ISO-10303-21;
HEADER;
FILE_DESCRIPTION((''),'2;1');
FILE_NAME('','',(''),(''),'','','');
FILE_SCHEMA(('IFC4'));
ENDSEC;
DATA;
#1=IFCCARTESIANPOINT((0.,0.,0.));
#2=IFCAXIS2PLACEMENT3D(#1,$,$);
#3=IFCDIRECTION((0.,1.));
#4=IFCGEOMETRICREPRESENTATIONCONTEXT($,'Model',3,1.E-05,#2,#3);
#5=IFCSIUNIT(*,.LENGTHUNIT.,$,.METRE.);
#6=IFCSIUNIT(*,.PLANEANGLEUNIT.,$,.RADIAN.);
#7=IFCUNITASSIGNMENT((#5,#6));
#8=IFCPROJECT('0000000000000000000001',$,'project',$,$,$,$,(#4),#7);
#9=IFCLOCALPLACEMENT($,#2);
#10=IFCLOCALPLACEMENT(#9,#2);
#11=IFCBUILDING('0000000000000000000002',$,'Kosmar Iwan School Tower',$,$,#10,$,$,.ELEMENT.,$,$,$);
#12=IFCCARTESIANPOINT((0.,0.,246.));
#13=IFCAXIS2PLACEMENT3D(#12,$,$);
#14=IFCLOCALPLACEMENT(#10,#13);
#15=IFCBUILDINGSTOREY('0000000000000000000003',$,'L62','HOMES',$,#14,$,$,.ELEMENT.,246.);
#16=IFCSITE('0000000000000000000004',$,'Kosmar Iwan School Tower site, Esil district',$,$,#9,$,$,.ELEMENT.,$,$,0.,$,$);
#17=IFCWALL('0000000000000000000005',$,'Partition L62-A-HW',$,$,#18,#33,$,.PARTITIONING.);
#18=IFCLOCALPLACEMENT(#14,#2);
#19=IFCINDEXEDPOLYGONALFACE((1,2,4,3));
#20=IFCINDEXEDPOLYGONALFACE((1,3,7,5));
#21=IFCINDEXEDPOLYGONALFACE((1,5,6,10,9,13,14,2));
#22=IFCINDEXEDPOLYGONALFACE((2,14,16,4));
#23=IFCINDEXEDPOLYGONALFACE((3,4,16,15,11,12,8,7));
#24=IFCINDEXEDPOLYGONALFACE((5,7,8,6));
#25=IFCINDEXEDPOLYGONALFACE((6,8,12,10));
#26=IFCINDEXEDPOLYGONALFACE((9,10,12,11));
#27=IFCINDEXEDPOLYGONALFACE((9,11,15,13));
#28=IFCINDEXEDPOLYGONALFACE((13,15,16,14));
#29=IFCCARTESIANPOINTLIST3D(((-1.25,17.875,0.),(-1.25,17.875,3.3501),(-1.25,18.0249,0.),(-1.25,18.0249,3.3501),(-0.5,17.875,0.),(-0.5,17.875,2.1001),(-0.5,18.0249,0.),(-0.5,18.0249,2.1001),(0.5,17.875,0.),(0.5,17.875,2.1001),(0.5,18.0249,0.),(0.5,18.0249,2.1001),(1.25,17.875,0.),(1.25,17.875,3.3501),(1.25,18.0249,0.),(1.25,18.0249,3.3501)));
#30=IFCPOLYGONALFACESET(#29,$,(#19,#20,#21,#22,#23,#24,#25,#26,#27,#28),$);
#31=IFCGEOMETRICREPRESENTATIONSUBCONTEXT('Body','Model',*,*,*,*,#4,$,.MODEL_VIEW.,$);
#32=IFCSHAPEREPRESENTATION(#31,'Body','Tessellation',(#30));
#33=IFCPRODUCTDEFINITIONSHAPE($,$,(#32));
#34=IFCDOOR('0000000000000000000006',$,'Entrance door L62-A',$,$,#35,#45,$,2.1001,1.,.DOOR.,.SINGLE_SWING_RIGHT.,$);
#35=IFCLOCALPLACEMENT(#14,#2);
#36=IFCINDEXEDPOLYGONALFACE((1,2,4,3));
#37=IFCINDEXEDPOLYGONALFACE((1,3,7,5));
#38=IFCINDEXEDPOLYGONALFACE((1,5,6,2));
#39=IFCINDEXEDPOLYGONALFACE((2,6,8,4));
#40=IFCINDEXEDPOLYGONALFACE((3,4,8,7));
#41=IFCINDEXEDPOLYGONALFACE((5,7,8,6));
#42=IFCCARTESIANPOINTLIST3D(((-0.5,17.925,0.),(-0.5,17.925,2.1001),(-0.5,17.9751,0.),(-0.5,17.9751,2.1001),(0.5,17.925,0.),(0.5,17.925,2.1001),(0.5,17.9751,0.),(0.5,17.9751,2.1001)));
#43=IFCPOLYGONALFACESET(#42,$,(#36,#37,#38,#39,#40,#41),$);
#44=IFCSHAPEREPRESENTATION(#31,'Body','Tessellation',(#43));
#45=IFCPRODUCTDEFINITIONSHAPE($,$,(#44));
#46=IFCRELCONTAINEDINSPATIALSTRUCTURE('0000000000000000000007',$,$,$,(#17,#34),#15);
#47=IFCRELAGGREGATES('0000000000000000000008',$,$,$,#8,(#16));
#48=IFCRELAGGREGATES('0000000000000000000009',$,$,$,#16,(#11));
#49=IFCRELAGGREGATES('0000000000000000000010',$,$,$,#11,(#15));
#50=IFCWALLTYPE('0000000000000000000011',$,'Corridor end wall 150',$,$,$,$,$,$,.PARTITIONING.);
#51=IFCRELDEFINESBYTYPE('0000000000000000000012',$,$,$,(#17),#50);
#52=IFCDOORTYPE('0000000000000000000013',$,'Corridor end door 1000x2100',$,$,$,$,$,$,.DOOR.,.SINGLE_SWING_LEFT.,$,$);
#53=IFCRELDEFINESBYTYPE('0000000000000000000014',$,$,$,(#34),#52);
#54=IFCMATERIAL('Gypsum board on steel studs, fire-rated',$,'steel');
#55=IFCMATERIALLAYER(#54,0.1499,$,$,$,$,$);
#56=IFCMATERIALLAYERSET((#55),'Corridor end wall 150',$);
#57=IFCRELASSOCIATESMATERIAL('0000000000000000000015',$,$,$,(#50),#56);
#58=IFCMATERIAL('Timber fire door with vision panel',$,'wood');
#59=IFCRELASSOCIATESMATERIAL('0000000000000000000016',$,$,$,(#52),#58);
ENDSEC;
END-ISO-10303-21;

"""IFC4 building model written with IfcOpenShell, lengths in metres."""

from ifc_helpers import new_model, si_unit, direction, frame, frame_2d, origin, place, context, subcontext, project, spatial, rectangle, extrude, material, layer, layer_set, type_object, element, fill, save


model = new_model("IFC4")

# Units and contexts
model_context = context("Model", 3, precision=1e-05, world=origin(), true_north=direction((0.0, 1.0)))
body_context = subcontext(model_context, "Body", "Model", "MODEL_VIEW")
ifc_project = project(units=[si_unit("LENGTHUNIT", "METRE"), si_unit("PLANEANGLEUNIT", "RADIAN")], contexts=[model_context])

# Site, building, storey
site_placement = place(None, origin())
site = spatial("IfcSite", under=ifc_project, at=site_placement, Name="Kosmar Iwan School Tower site, Esil district", CompositionType="ELEMENT", RefElevation=0.0)
building_placement = place(site_placement, origin())
building = spatial("IfcBuilding", under=site, at=building_placement, Name="Kosmar Iwan School Tower", CompositionType="ELEMENT")
storey_placement = place(building_placement, frame((0.0, 0.0, 246.0)))
storey = spatial("IfcBuildingStorey", under=building, at=storey_placement, Name="L62", Description="HOMES", CompositionType="ELEMENT", Elevation=246.0)

# Wall, opening, door
ifc_material_1 = material(Name="Gypsum board on steel studs, fire-rated", Category="steel")
ifc_layer_1 = layer(ifc_material_1, 0.1499)
ifc_layer_set_1 = layer_set([ifc_layer_1], Name="Corridor end wall 150")
wall_type_1 = type_object("IfcWallType", Name="Corridor end wall 150", PredefinedType="PARTITIONING", material=ifc_layer_set_1)
ifc_material_2 = material(Name="Timber fire door with vision panel", Category="wood")
door_type_1 = type_object("IfcDoorType", Name="Corridor end door 1000x2100", OperationType="SINGLE_SWING_LEFT", PredefinedType="DOOR", material=ifc_material_2)
wall_1_placement = place(storey_placement, frame((1.25, 17.95, 0.0), z_axis=(0.0, 0.0, 1.0), x_axis=(-1.0, 0.0, 0.0)))
wall_1 = element("IfcWall", 1, at=wall_1_placement, inside=storey, type_object=wall_type_1, Name="Partition L62-A-HW", PredefinedType="PARTITIONING", context=body_context, shape_type="SweptSolid", body=[
    extrude(rectangle(XDim=2.5, YDim=0.1499, at=frame_2d((1.25, 0.0))), origin(), (0.0, 0.0, 1.0), 3.3501),
])
opening_1_placement = place(wall_1_placement, frame((0.75, 0.0, 0.0)))
opening_1 = element("IfcOpeningElement", 2, at=opening_1_placement, cuts=wall_1, PredefinedType="OPENING", context=body_context, shape_type="SweptSolid", body=[
    extrude(rectangle(XDim=1.0, YDim=2.1001, at=frame_2d((0.5, 1.05))), frame((0.0, 0.0869, 0.0), z_axis=(0.0, -1.0, 0.0), x_axis=(1.0, 0.0, 0.0)), (0.0, 0.0, 1.0), 0.1738),
])
door_1_placement = place(opening_1_placement, origin())
door_1 = element("IfcDoor", 3, at=door_1_placement, inside=storey, type_object=door_type_1, Name="Entrance door L62-A", OperationType="SINGLE_SWING_RIGHT", OverallHeight=2.1001, OverallWidth=1.0, PredefinedType="DOOR", context=body_context, shape_type="SweptSolid", body=[
    extrude(rectangle(XDim=1.0, YDim=2.1001, at=frame_2d((0.5, 1.05))), frame((0.0, 0.0249, 0.0), z_axis=(0.0, -1.0, 0.0), x_axis=(1.0, 0.0, 0.0)), (0.0, 0.0, 1.0), 0.05),
])
fill(opening_1, door_1)

save(model, "model.ifc")
